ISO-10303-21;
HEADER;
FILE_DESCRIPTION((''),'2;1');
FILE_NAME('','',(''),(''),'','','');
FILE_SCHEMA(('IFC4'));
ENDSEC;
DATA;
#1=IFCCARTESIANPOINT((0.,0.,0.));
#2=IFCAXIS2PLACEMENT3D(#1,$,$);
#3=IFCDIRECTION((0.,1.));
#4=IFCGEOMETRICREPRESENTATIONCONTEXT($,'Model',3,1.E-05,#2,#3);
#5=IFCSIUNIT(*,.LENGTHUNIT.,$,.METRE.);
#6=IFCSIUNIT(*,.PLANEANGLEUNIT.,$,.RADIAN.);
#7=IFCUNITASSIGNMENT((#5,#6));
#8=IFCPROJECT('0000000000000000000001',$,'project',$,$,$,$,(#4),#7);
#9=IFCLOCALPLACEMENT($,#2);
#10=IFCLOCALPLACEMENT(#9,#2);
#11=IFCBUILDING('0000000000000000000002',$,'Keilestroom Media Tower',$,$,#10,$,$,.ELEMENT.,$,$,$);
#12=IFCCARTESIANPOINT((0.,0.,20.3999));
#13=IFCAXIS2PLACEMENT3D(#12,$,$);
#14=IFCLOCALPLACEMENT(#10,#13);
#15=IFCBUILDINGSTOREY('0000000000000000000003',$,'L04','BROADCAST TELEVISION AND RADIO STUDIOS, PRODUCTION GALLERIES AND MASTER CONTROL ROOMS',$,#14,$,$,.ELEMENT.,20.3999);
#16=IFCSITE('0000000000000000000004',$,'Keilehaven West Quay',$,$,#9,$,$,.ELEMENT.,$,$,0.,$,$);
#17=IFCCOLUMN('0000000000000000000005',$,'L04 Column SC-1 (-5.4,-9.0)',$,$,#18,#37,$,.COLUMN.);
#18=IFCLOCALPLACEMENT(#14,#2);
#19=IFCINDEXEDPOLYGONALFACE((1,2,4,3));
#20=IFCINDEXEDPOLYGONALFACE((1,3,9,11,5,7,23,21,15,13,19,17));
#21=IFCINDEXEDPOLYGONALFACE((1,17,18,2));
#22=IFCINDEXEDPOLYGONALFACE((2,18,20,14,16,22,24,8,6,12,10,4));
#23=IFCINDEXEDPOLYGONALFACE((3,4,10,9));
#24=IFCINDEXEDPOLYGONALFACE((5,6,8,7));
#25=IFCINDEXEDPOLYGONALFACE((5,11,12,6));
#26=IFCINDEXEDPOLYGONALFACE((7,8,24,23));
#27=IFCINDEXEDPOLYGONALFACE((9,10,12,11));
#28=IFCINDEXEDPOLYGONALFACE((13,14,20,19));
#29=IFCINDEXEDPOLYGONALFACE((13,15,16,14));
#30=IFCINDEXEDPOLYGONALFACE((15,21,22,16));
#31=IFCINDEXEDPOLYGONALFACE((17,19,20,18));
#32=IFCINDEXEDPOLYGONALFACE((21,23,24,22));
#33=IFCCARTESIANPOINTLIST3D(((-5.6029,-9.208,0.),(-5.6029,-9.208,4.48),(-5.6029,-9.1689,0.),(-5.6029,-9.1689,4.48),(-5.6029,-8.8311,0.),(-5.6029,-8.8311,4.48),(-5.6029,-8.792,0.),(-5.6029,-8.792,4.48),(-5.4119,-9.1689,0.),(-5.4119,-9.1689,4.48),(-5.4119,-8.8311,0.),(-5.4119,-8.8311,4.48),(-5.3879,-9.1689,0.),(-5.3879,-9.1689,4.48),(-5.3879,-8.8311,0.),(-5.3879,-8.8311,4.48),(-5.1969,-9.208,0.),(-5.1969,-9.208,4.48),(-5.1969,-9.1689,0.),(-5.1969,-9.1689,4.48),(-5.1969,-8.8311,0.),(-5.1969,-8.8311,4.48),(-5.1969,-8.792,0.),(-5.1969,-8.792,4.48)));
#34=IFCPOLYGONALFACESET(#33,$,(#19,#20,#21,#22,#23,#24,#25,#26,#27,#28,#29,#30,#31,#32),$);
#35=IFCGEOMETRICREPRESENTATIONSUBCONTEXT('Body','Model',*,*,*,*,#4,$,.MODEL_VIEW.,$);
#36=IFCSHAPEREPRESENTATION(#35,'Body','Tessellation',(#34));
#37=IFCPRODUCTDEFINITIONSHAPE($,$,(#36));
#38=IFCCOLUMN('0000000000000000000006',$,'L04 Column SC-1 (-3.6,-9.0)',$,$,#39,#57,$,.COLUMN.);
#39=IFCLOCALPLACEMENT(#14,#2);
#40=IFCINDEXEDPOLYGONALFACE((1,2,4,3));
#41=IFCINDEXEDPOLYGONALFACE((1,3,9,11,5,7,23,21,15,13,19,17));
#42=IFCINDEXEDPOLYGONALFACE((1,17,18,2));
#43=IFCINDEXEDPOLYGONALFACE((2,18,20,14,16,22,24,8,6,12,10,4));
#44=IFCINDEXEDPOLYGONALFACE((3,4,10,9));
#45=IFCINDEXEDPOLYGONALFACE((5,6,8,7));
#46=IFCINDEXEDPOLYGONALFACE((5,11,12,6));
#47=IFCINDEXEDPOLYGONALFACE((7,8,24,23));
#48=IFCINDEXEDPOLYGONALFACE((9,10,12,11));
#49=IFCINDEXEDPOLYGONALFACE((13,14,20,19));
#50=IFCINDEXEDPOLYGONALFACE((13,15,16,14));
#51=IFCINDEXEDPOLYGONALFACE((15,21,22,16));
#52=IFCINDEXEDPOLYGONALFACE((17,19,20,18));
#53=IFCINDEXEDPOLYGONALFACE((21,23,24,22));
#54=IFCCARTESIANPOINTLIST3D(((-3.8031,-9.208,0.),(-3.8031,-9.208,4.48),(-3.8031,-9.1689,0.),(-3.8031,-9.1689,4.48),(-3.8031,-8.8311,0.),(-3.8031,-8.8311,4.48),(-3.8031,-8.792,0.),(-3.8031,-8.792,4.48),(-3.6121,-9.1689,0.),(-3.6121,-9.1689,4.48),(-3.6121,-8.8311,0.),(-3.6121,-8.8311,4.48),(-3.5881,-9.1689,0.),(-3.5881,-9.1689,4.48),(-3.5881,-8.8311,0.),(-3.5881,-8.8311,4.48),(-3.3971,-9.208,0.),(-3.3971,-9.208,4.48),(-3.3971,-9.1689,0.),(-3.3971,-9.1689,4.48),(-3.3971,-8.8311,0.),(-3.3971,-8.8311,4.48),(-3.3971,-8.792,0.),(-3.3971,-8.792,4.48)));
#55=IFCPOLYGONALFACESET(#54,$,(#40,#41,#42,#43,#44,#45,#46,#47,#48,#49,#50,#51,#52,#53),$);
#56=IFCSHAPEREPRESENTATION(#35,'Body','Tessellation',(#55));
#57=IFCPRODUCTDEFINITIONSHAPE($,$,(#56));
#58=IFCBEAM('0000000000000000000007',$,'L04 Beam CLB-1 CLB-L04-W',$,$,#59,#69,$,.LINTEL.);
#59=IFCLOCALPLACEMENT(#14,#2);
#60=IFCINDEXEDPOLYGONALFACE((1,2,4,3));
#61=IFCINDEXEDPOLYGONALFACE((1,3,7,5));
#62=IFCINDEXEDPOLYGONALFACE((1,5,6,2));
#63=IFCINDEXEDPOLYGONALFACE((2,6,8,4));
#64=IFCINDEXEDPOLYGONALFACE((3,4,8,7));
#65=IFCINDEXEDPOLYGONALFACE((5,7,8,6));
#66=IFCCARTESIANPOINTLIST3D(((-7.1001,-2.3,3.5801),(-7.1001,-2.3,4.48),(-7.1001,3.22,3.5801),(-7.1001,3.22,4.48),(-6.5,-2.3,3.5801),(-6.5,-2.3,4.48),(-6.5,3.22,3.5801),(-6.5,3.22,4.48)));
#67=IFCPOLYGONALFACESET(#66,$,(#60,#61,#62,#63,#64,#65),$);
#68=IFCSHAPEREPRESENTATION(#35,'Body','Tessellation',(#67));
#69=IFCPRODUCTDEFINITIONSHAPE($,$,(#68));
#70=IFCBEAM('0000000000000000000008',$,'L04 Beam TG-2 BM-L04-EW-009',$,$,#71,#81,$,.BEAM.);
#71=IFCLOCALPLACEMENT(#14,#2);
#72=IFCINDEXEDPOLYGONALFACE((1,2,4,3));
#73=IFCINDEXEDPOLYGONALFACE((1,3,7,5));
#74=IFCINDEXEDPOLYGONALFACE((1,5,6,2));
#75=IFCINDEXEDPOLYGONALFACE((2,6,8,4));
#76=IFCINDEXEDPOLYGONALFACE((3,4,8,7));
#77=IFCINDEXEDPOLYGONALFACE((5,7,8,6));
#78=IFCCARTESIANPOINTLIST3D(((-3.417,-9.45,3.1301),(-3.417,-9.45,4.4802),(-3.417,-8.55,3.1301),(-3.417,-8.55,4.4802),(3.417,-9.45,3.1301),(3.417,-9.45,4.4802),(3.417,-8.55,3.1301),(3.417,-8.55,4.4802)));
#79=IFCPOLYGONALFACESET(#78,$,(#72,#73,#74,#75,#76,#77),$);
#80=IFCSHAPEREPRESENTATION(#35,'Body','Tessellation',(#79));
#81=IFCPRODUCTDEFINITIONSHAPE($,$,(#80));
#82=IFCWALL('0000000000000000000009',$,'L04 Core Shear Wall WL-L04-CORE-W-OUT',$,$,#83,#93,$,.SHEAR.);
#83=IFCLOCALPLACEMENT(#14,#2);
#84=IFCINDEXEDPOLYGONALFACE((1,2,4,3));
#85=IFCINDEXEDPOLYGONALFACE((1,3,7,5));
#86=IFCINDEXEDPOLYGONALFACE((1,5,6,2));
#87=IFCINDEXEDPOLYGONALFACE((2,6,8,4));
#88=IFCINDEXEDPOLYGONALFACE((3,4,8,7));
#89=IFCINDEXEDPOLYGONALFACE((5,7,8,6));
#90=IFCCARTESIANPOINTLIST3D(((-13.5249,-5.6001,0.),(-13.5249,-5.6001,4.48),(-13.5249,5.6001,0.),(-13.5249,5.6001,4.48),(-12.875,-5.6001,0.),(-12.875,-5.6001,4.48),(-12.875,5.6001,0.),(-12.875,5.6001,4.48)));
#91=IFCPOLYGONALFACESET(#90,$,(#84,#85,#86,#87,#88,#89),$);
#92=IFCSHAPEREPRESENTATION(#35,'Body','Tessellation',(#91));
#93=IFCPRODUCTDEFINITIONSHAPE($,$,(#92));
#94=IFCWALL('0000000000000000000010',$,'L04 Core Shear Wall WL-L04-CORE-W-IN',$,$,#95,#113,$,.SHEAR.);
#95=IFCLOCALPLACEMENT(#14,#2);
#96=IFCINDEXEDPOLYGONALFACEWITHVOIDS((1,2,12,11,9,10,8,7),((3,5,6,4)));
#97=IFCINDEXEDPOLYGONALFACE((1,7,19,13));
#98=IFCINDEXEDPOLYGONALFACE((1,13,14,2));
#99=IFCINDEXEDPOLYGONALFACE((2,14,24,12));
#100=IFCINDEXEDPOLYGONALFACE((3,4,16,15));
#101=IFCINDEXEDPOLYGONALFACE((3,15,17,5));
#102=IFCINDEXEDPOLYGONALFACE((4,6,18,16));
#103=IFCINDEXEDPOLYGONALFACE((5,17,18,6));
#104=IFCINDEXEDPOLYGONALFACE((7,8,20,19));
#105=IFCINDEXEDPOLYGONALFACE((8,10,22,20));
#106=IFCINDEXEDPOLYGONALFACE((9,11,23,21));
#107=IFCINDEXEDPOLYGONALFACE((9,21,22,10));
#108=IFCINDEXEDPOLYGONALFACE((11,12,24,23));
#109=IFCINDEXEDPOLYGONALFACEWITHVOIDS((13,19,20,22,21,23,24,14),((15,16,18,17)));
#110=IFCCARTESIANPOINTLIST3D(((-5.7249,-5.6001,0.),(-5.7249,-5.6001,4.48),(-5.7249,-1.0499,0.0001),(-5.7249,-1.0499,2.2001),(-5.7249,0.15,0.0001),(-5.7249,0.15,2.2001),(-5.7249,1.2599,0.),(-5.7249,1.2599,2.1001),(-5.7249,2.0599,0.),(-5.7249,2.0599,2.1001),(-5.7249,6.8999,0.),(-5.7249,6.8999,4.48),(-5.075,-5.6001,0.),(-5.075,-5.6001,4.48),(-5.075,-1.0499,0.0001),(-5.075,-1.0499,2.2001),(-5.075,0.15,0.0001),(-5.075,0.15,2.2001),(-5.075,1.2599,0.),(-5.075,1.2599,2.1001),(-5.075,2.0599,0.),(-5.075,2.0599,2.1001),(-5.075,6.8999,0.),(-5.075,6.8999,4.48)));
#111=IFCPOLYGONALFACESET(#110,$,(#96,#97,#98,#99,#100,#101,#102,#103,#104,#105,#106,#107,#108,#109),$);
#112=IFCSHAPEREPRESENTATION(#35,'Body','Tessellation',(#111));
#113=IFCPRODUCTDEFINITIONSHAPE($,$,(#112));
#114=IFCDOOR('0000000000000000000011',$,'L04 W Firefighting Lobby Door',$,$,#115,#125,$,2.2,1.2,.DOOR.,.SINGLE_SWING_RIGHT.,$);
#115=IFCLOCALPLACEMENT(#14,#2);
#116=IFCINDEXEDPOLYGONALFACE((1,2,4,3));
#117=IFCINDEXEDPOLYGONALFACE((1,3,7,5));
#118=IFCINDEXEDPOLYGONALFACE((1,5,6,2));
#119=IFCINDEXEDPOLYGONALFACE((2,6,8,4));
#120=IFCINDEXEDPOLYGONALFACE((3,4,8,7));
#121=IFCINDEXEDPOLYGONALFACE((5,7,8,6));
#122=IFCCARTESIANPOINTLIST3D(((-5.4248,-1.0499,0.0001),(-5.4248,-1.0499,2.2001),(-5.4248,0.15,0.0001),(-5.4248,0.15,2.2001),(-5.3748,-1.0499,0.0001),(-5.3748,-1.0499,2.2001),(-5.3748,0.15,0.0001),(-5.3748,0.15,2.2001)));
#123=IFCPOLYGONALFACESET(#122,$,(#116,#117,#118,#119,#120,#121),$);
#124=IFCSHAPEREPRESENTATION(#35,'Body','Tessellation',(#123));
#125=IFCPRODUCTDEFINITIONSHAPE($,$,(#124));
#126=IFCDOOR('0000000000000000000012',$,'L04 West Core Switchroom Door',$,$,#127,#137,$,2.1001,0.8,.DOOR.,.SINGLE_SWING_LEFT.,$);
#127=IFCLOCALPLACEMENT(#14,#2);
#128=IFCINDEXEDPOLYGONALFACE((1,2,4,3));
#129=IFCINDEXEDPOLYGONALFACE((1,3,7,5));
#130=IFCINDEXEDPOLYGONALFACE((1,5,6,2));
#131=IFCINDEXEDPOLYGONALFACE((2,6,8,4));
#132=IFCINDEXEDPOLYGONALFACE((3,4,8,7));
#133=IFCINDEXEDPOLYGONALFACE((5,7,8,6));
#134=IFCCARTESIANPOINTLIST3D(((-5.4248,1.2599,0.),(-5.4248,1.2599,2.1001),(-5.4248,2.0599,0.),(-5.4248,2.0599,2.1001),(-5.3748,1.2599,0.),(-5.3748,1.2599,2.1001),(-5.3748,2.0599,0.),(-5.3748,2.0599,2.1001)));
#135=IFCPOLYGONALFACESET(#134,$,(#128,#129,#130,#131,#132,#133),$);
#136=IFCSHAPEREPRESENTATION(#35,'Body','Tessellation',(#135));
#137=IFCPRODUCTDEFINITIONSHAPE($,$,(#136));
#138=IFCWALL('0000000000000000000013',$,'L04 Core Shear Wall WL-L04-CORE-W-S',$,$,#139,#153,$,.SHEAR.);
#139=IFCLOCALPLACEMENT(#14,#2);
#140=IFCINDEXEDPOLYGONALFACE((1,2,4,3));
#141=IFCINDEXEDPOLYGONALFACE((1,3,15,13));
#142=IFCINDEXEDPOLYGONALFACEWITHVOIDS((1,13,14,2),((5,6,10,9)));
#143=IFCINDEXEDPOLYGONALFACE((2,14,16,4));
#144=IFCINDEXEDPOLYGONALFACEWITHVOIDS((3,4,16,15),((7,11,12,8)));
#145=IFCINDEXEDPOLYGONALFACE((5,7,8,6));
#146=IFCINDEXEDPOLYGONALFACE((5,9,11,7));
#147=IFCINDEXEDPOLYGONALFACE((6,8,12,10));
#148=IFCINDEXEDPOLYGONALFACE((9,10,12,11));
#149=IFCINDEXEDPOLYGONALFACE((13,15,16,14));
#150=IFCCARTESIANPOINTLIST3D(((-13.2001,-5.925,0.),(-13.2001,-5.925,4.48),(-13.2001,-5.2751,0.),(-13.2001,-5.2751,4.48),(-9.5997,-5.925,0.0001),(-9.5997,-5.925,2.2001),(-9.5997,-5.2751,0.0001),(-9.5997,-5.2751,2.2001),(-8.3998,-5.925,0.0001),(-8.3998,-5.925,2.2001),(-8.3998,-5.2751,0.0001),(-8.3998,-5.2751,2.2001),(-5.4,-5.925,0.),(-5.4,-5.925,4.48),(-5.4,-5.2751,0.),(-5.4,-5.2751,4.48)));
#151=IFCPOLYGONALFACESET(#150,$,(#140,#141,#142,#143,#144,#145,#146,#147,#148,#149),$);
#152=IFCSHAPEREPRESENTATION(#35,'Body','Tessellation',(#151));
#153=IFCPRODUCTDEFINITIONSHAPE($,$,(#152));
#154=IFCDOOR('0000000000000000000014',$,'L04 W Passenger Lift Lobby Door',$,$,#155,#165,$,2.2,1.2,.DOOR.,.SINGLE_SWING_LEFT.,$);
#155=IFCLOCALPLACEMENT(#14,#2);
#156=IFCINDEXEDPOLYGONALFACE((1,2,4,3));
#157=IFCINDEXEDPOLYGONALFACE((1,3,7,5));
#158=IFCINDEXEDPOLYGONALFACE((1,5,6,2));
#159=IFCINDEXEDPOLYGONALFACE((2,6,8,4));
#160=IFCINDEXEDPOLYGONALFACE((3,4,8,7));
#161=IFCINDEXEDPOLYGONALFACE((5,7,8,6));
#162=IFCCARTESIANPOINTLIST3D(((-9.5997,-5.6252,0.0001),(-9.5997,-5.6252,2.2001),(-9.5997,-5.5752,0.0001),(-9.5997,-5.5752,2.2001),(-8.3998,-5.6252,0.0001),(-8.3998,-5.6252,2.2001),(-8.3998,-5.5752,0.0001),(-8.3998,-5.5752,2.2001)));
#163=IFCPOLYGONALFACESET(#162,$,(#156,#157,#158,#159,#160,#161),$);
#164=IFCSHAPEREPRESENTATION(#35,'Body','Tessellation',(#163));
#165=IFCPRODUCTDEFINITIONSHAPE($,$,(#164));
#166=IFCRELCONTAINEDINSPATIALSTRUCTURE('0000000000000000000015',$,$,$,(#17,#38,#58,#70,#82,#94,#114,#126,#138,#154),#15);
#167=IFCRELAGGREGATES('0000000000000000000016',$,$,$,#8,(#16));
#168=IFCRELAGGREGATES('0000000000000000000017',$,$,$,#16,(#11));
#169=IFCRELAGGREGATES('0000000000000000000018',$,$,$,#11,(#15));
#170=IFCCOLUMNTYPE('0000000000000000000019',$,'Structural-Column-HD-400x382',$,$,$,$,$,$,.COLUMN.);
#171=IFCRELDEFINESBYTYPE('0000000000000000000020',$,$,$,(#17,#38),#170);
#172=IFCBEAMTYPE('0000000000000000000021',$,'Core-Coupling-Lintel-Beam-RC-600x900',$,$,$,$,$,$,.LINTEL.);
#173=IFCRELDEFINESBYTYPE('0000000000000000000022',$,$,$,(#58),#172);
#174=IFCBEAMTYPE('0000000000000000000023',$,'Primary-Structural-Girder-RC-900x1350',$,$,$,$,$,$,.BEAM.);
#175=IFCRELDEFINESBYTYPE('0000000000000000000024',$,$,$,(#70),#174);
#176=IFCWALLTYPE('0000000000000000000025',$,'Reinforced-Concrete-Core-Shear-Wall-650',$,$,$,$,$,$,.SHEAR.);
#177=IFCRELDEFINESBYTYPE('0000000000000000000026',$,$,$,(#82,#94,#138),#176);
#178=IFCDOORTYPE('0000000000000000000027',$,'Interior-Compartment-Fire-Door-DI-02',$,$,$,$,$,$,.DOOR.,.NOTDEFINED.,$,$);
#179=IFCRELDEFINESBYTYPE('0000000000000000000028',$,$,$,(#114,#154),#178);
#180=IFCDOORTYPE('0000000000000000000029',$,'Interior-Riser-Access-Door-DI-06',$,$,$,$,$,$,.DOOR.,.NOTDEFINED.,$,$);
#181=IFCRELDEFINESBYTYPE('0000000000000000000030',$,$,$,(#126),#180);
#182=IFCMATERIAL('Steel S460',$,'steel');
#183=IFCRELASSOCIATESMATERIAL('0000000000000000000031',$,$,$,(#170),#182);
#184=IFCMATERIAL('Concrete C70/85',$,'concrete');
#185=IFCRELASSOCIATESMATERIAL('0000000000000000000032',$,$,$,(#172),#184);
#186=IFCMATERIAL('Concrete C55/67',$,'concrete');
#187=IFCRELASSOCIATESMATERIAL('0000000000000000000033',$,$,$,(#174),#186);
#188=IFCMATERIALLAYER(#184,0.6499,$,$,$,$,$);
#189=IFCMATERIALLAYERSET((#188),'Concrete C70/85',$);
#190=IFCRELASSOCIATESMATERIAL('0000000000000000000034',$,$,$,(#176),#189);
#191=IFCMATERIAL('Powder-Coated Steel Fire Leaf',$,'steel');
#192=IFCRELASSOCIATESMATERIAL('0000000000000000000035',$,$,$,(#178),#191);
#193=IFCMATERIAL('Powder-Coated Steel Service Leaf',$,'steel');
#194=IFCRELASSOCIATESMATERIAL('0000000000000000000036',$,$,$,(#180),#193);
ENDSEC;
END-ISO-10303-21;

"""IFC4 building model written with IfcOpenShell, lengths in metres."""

from ifc_helpers import new_model, si_unit, direction, frame, frame_2d, origin, origin_2d, place, context, subcontext, project, spatial, rectangle, i_section, extrude, source, transform, mapped, material, layer, layer_set, material_profile, profile_set, type_object, element, fill, save


model = new_model("IFC4")

# Units and contexts
model_context = context("Model", 3, precision=1e-05, world=origin(), true_north=direction((0.0, 1.0)))
body_context = subcontext(model_context, "Body", "Model", "MODEL_VIEW")
ifc_project = project(units=[si_unit("LENGTHUNIT", "METRE"), si_unit("PLANEANGLEUNIT", "RADIAN")], contexts=[model_context])

# Site, building, storey
site_placement = place(None, origin())
site = spatial("IfcSite", under=ifc_project, at=site_placement, Name="Keilehaven West Quay", CompositionType="ELEMENT", RefElevation=0.0)
building_placement = place(site_placement, origin())
building = spatial("IfcBuilding", under=site, at=building_placement, Name="Keilestroom Media Tower", CompositionType="ELEMENT")
storey_placement = place(building_placement, frame((0.0, 0.0, 20.3999)))
storey = spatial("IfcBuildingStorey", under=building, at=storey_placement, Name="L04", Description="BROADCAST TELEVISION AND RADIO STUDIOS, PRODUCTION GALLERIES AND MASTER CONTROL ROOMS", CompositionType="ELEMENT", Elevation=20.3999)

# Columns
ifc_material_1 = material(Name="Steel S460", Category="steel")
ifc_material_profile_1 = material_profile(ifc_material_1, i_section(OverallWidth=0.406, OverallDepth=0.416, WebThickness=0.0239, FlangeThickness=0.0391, at=origin_2d()), Name="HD 400x382")
ifc_profile_set_1 = profile_set([ifc_material_profile_1], Name="Steel S460")
column_type = type_object("IfcColumnType", Name="Structural-Column-HD-400x382", PredefinedType="COLUMN", material=ifc_profile_set_1)
shared_shape_1 = source(origin(), body_context, "Body", "SweptSolid", [
    extrude(i_section(OverallWidth=0.406, OverallDepth=0.416, WebThickness=0.0239, FlangeThickness=0.0391, at=origin_2d()), origin(), (0.0, 0.0, 1.0), 4.48),
])
for number, where, z_axis, x_axis, name in (
    (1, (-5.3999, -9.0, 0.0), (0.0, 0.0, 1.0), (1.0, 0.0, 0.0), "L04 Column SC-1 (-5.4,-9.0)"),
    (2, (-3.6001, -9.0, 0.0), (0.0, 0.0, 1.0), (1.0, 0.0, 0.0), "L04 Column SC-1 (-3.6,-9.0)"),
):
    element("IfcColumn", number, at=place(storey_placement, frame(where, z_axis=z_axis, x_axis=x_axis)), inside=storey, type_object=column_type, Name=name, PredefinedType="COLUMN", context=body_context, shape_type="MappedRepresentation", body=[
        mapped(shared_shape_1, transform((0.0, 0.0, 0.0), x_axis=(1.0, 0.0, 0.0), y_axis=(0.0, 1.0, 0.0), z_axis=(0.0, 0.0, 1.0), scale=1.0)),
    ])

# Beams
ifc_material_2 = material(Name="Concrete C70/85", Category="concrete")
ifc_material_profile_2 = material_profile(ifc_material_2, rectangle(XDim=0.6001, YDim=0.8999, at=origin_2d()), Name="RC 600x900")
ifc_profile_set_2 = profile_set([ifc_material_profile_2], Name="Concrete C70/85")
beam_type_1 = type_object("IfcBeamType", Name="Core-Coupling-Lintel-Beam-RC-600x900", PredefinedType="LINTEL", material=ifc_profile_set_2)
shared_shape_2 = source(origin(), body_context, "Body", "SweptSolid", [
    extrude(rectangle(XDim=0.6001, YDim=0.8999, at=origin_2d()), origin(), (0.0, 0.0, 1.0), 5.52),
])
beam_1_placement = place(storey_placement, frame((-6.8, -2.3, 4.03), z_axis=(0.0, 1.0, 0.0), x_axis=(-1.0, 0.0, 0.0)))
element("IfcBeam", 3, at=beam_1_placement, inside=storey, type_object=beam_type_1, Name="L04 Beam CLB-1 CLB-L04-W", PredefinedType="LINTEL", context=body_context, shape_type="MappedRepresentation", body=[
    mapped(shared_shape_2, transform((0.0, 0.0, 0.0), x_axis=(1.0, 0.0, 0.0), y_axis=(0.0, 1.0, 0.0), z_axis=(0.0, 0.0, 1.0), scale=1.0)),
])
ifc_material_3 = material(Name="Concrete C55/67", Category="concrete")
ifc_material_profile_3 = material_profile(ifc_material_3, rectangle(XDim=0.8999, YDim=1.3501, at=origin_2d()), Name="RC 900x1350")
ifc_profile_set_3 = profile_set([ifc_material_profile_3], Name="Concrete C55/67")
beam_type_2 = type_object("IfcBeamType", Name="Primary-Structural-Girder-RC-900x1350", PredefinedType="BEAM", material=ifc_profile_set_3)
shared_shape_3 = source(origin(), body_context, "Body", "SweptSolid", [
    extrude(rectangle(XDim=0.8999, YDim=1.3501, at=origin_2d()), origin(), (0.0, 0.0, 1.0), 6.834),
])
beam_2_placement = place(storey_placement, frame((-3.417, -9.0, 3.8052), z_axis=(1.0, 0.0, 0.0), x_axis=(0.0, 1.0, 0.0)))
element("IfcBeam", 4, at=beam_2_placement, inside=storey, type_object=beam_type_2, Name="L04 Beam TG-2 BM-L04-EW-009", PredefinedType="BEAM", context=body_context, shape_type="MappedRepresentation", body=[
    mapped(shared_shape_3, transform((0.0, 0.0, 0.0), x_axis=(1.0, 0.0, 0.0), y_axis=(0.0, 1.0, 0.0), z_axis=(0.0, 0.0, 1.0), scale=1.0)),
])

# Wall
ifc_layer_1 = layer(ifc_material_2, 0.6499)
ifc_layer_set_1 = layer_set([ifc_layer_1], Name="Concrete C70/85")
wall_type_1 = type_object("IfcWallType", Name="Reinforced-Concrete-Core-Shear-Wall-650", PredefinedType="SHEAR", material=ifc_layer_set_1)
wall_1_placement = place(storey_placement, frame((-13.2, -5.6001, 0.0), z_axis=(0.0, 0.0, 1.0), x_axis=(0.0, 1.0, 0.0)))
element("IfcWall", 5, at=wall_1_placement, inside=storey, type_object=wall_type_1, Name="L04 Core Shear Wall WL-L04-CORE-W-OUT", PredefinedType="SHEAR", context=body_context, shape_type="SweptSolid", body=[
    extrude(rectangle(XDim=11.2002, YDim=0.6499, at=frame_2d((5.6001, 0.0))), origin(), (0.0, 0.0, 1.0), 4.48),
])

# Wall, openings, doors
wall_2_placement = place(storey_placement, frame((-5.3999, -5.6001, 0.0), z_axis=(0.0, 0.0, 1.0), x_axis=(0.0, 1.0, 0.0)))
wall_2 = element("IfcWall", 6, at=wall_2_placement, inside=storey, type_object=wall_type_1, Name="L04 Core Shear Wall WL-L04-CORE-W-IN", PredefinedType="SHEAR", context=body_context, shape_type="SweptSolid", body=[
    extrude(rectangle(XDim=12.5, YDim=0.6499, at=frame_2d((6.25, 0.0))), origin(), (0.0, 0.0, 1.0), 4.48),
])
opening_1_placement = place(wall_2_placement, frame((4.55, 0.0, 0.0)))
opening_1 = element("IfcOpeningElement", 7, at=opening_1_placement, cuts=wall_2, PredefinedType="OPENING", context=body_context, shape_type="SweptSolid", body=[
    extrude(rectangle(XDim=1.2, YDim=2.2, at=frame_2d((0.6001, 1.1001))), frame((0.0, 0.335, 0.0), z_axis=(0.0, -1.0, 0.0), x_axis=(1.0, 0.0, 0.0)), (0.0, 0.0, 1.0), 0.6699),
])
opening_2_placement = place(wall_2_placement, frame((6.8601, 0.0, 0.0)))
opening_2 = element("IfcOpeningElement", 8, at=opening_2_placement, cuts=wall_2, PredefinedType="OPENING", context=body_context, shape_type="SweptSolid", body=[
    extrude(rectangle(XDim=0.8, YDim=2.1001, at=frame_2d((0.3999, 1.05))), frame((0.0, 0.335, 0.0), z_axis=(0.0, -1.0, 0.0), x_axis=(1.0, 0.0, 0.0)), (0.0, 0.0, 1.0), 0.6699),
])
ifc_material_4 = material(Name="Powder-Coated Steel Fire Leaf", Category="steel")
door_type_1 = type_object("IfcDoorType", Name="Interior-Compartment-Fire-Door-DI-02", OperationType="NOTDEFINED", PredefinedType="DOOR", material=ifc_material_4)
shared_shape_4 = source(origin(), body_context, "Body", "SweptSolid", [
    extrude(rectangle(XDim=1.2, YDim=2.2, at=frame_2d((0.6001, 1.1001))), frame((0.0, 0.0249, 0.0), z_axis=(0.0, -1.0, 0.0), x_axis=(1.0, 0.0, 0.0)), (0.0, 0.0, 1.0), 0.05),
])
door_1_placement = place(opening_1_placement, origin())
door_1 = element("IfcDoor", 9, at=door_1_placement, inside=storey, type_object=door_type_1, Name="L04 W Firefighting Lobby Door", OperationType="SINGLE_SWING_RIGHT", OverallHeight=2.2, OverallWidth=1.2, PredefinedType="DOOR", context=body_context, shape_type="MappedRepresentation", body=[
    mapped(shared_shape_4, transform((0.0, 0.0, 0.0), x_axis=(1.0, 0.0, 0.0), y_axis=(0.0, 1.0, 0.0), z_axis=(0.0, 0.0, 1.0), scale=1.0)),
])
fill(opening_1, door_1)
ifc_material_5 = material(Name="Powder-Coated Steel Service Leaf", Category="steel")
door_type_2 = type_object("IfcDoorType", Name="Interior-Riser-Access-Door-DI-06", OperationType="NOTDEFINED", PredefinedType="DOOR", material=ifc_material_5)
shared_shape_5 = source(origin(), body_context, "Body", "SweptSolid", [
    extrude(rectangle(XDim=0.8, YDim=2.1001, at=frame_2d((0.3999, 1.05))), frame((0.0, 0.0249, 0.0), z_axis=(0.0, -1.0, 0.0), x_axis=(1.0, 0.0, 0.0)), (0.0, 0.0, 1.0), 0.05),
])
door_2_placement = place(opening_2_placement, origin())
door_2 = element("IfcDoor", 10, at=door_2_placement, inside=storey, type_object=door_type_2, Name="L04 West Core Switchroom Door", OperationType="SINGLE_SWING_LEFT", OverallHeight=2.1001, OverallWidth=0.8, PredefinedType="DOOR", context=body_context, shape_type="MappedRepresentation", body=[
    mapped(shared_shape_5, transform((0.0, 0.0, 0.0), x_axis=(1.0, 0.0, 0.0), y_axis=(0.0, 1.0, 0.0), z_axis=(0.0, 0.0, 1.0), scale=1.0)),
])
fill(opening_2, door_2)

# Wall, opening, door
wall_3_placement = place(storey_placement, frame((-13.2, -5.6001, 0.0), z_axis=(0.0, 0.0, 1.0), x_axis=(1.0, 0.0, 0.0)))
wall_3 = element("IfcWall", 11, at=wall_3_placement, inside=storey, type_object=wall_type_1, Name="L04 Core Shear Wall WL-L04-CORE-W-S", PredefinedType="SHEAR", context=body_context, shape_type="SweptSolid", body=[
    extrude(rectangle(XDim=7.8, YDim=0.6499, at=frame_2d((3.8999, 0.0))), origin(), (0.0, 0.0, 1.0), 4.48),
])
opening_3_placement = place(wall_3_placement, frame((3.6001, 0.0, 0.0)))
opening_3 = element("IfcOpeningElement", 12, at=opening_3_placement, cuts=wall_3, PredefinedType="OPENING", context=body_context, shape_type="SweptSolid", body=[
    extrude(rectangle(XDim=1.2, YDim=2.2, at=frame_2d((0.6001, 1.1001))), frame((0.0, 0.335, 0.0), z_axis=(0.0, -1.0, 0.0), x_axis=(1.0, 0.0, 0.0)), (0.0, 0.0, 1.0), 0.6699),
])
door_3_placement = place(opening_3_placement, origin())
door_3 = element("IfcDoor", 13, at=door_3_placement, inside=storey, type_object=door_type_1, Name="L04 W Passenger Lift Lobby Door", OperationType="SINGLE_SWING_LEFT", OverallHeight=2.2, OverallWidth=1.2, PredefinedType="DOOR", context=body_context, shape_type="MappedRepresentation", body=[
    mapped(shared_shape_4, transform((0.0, 0.0, 0.0), x_axis=(1.0, 0.0, 0.0), y_axis=(0.0, 1.0, 0.0), z_axis=(0.0, 0.0, 1.0), scale=1.0)),
])
fill(opening_3, door_3)

save(model, "model.ifc")
